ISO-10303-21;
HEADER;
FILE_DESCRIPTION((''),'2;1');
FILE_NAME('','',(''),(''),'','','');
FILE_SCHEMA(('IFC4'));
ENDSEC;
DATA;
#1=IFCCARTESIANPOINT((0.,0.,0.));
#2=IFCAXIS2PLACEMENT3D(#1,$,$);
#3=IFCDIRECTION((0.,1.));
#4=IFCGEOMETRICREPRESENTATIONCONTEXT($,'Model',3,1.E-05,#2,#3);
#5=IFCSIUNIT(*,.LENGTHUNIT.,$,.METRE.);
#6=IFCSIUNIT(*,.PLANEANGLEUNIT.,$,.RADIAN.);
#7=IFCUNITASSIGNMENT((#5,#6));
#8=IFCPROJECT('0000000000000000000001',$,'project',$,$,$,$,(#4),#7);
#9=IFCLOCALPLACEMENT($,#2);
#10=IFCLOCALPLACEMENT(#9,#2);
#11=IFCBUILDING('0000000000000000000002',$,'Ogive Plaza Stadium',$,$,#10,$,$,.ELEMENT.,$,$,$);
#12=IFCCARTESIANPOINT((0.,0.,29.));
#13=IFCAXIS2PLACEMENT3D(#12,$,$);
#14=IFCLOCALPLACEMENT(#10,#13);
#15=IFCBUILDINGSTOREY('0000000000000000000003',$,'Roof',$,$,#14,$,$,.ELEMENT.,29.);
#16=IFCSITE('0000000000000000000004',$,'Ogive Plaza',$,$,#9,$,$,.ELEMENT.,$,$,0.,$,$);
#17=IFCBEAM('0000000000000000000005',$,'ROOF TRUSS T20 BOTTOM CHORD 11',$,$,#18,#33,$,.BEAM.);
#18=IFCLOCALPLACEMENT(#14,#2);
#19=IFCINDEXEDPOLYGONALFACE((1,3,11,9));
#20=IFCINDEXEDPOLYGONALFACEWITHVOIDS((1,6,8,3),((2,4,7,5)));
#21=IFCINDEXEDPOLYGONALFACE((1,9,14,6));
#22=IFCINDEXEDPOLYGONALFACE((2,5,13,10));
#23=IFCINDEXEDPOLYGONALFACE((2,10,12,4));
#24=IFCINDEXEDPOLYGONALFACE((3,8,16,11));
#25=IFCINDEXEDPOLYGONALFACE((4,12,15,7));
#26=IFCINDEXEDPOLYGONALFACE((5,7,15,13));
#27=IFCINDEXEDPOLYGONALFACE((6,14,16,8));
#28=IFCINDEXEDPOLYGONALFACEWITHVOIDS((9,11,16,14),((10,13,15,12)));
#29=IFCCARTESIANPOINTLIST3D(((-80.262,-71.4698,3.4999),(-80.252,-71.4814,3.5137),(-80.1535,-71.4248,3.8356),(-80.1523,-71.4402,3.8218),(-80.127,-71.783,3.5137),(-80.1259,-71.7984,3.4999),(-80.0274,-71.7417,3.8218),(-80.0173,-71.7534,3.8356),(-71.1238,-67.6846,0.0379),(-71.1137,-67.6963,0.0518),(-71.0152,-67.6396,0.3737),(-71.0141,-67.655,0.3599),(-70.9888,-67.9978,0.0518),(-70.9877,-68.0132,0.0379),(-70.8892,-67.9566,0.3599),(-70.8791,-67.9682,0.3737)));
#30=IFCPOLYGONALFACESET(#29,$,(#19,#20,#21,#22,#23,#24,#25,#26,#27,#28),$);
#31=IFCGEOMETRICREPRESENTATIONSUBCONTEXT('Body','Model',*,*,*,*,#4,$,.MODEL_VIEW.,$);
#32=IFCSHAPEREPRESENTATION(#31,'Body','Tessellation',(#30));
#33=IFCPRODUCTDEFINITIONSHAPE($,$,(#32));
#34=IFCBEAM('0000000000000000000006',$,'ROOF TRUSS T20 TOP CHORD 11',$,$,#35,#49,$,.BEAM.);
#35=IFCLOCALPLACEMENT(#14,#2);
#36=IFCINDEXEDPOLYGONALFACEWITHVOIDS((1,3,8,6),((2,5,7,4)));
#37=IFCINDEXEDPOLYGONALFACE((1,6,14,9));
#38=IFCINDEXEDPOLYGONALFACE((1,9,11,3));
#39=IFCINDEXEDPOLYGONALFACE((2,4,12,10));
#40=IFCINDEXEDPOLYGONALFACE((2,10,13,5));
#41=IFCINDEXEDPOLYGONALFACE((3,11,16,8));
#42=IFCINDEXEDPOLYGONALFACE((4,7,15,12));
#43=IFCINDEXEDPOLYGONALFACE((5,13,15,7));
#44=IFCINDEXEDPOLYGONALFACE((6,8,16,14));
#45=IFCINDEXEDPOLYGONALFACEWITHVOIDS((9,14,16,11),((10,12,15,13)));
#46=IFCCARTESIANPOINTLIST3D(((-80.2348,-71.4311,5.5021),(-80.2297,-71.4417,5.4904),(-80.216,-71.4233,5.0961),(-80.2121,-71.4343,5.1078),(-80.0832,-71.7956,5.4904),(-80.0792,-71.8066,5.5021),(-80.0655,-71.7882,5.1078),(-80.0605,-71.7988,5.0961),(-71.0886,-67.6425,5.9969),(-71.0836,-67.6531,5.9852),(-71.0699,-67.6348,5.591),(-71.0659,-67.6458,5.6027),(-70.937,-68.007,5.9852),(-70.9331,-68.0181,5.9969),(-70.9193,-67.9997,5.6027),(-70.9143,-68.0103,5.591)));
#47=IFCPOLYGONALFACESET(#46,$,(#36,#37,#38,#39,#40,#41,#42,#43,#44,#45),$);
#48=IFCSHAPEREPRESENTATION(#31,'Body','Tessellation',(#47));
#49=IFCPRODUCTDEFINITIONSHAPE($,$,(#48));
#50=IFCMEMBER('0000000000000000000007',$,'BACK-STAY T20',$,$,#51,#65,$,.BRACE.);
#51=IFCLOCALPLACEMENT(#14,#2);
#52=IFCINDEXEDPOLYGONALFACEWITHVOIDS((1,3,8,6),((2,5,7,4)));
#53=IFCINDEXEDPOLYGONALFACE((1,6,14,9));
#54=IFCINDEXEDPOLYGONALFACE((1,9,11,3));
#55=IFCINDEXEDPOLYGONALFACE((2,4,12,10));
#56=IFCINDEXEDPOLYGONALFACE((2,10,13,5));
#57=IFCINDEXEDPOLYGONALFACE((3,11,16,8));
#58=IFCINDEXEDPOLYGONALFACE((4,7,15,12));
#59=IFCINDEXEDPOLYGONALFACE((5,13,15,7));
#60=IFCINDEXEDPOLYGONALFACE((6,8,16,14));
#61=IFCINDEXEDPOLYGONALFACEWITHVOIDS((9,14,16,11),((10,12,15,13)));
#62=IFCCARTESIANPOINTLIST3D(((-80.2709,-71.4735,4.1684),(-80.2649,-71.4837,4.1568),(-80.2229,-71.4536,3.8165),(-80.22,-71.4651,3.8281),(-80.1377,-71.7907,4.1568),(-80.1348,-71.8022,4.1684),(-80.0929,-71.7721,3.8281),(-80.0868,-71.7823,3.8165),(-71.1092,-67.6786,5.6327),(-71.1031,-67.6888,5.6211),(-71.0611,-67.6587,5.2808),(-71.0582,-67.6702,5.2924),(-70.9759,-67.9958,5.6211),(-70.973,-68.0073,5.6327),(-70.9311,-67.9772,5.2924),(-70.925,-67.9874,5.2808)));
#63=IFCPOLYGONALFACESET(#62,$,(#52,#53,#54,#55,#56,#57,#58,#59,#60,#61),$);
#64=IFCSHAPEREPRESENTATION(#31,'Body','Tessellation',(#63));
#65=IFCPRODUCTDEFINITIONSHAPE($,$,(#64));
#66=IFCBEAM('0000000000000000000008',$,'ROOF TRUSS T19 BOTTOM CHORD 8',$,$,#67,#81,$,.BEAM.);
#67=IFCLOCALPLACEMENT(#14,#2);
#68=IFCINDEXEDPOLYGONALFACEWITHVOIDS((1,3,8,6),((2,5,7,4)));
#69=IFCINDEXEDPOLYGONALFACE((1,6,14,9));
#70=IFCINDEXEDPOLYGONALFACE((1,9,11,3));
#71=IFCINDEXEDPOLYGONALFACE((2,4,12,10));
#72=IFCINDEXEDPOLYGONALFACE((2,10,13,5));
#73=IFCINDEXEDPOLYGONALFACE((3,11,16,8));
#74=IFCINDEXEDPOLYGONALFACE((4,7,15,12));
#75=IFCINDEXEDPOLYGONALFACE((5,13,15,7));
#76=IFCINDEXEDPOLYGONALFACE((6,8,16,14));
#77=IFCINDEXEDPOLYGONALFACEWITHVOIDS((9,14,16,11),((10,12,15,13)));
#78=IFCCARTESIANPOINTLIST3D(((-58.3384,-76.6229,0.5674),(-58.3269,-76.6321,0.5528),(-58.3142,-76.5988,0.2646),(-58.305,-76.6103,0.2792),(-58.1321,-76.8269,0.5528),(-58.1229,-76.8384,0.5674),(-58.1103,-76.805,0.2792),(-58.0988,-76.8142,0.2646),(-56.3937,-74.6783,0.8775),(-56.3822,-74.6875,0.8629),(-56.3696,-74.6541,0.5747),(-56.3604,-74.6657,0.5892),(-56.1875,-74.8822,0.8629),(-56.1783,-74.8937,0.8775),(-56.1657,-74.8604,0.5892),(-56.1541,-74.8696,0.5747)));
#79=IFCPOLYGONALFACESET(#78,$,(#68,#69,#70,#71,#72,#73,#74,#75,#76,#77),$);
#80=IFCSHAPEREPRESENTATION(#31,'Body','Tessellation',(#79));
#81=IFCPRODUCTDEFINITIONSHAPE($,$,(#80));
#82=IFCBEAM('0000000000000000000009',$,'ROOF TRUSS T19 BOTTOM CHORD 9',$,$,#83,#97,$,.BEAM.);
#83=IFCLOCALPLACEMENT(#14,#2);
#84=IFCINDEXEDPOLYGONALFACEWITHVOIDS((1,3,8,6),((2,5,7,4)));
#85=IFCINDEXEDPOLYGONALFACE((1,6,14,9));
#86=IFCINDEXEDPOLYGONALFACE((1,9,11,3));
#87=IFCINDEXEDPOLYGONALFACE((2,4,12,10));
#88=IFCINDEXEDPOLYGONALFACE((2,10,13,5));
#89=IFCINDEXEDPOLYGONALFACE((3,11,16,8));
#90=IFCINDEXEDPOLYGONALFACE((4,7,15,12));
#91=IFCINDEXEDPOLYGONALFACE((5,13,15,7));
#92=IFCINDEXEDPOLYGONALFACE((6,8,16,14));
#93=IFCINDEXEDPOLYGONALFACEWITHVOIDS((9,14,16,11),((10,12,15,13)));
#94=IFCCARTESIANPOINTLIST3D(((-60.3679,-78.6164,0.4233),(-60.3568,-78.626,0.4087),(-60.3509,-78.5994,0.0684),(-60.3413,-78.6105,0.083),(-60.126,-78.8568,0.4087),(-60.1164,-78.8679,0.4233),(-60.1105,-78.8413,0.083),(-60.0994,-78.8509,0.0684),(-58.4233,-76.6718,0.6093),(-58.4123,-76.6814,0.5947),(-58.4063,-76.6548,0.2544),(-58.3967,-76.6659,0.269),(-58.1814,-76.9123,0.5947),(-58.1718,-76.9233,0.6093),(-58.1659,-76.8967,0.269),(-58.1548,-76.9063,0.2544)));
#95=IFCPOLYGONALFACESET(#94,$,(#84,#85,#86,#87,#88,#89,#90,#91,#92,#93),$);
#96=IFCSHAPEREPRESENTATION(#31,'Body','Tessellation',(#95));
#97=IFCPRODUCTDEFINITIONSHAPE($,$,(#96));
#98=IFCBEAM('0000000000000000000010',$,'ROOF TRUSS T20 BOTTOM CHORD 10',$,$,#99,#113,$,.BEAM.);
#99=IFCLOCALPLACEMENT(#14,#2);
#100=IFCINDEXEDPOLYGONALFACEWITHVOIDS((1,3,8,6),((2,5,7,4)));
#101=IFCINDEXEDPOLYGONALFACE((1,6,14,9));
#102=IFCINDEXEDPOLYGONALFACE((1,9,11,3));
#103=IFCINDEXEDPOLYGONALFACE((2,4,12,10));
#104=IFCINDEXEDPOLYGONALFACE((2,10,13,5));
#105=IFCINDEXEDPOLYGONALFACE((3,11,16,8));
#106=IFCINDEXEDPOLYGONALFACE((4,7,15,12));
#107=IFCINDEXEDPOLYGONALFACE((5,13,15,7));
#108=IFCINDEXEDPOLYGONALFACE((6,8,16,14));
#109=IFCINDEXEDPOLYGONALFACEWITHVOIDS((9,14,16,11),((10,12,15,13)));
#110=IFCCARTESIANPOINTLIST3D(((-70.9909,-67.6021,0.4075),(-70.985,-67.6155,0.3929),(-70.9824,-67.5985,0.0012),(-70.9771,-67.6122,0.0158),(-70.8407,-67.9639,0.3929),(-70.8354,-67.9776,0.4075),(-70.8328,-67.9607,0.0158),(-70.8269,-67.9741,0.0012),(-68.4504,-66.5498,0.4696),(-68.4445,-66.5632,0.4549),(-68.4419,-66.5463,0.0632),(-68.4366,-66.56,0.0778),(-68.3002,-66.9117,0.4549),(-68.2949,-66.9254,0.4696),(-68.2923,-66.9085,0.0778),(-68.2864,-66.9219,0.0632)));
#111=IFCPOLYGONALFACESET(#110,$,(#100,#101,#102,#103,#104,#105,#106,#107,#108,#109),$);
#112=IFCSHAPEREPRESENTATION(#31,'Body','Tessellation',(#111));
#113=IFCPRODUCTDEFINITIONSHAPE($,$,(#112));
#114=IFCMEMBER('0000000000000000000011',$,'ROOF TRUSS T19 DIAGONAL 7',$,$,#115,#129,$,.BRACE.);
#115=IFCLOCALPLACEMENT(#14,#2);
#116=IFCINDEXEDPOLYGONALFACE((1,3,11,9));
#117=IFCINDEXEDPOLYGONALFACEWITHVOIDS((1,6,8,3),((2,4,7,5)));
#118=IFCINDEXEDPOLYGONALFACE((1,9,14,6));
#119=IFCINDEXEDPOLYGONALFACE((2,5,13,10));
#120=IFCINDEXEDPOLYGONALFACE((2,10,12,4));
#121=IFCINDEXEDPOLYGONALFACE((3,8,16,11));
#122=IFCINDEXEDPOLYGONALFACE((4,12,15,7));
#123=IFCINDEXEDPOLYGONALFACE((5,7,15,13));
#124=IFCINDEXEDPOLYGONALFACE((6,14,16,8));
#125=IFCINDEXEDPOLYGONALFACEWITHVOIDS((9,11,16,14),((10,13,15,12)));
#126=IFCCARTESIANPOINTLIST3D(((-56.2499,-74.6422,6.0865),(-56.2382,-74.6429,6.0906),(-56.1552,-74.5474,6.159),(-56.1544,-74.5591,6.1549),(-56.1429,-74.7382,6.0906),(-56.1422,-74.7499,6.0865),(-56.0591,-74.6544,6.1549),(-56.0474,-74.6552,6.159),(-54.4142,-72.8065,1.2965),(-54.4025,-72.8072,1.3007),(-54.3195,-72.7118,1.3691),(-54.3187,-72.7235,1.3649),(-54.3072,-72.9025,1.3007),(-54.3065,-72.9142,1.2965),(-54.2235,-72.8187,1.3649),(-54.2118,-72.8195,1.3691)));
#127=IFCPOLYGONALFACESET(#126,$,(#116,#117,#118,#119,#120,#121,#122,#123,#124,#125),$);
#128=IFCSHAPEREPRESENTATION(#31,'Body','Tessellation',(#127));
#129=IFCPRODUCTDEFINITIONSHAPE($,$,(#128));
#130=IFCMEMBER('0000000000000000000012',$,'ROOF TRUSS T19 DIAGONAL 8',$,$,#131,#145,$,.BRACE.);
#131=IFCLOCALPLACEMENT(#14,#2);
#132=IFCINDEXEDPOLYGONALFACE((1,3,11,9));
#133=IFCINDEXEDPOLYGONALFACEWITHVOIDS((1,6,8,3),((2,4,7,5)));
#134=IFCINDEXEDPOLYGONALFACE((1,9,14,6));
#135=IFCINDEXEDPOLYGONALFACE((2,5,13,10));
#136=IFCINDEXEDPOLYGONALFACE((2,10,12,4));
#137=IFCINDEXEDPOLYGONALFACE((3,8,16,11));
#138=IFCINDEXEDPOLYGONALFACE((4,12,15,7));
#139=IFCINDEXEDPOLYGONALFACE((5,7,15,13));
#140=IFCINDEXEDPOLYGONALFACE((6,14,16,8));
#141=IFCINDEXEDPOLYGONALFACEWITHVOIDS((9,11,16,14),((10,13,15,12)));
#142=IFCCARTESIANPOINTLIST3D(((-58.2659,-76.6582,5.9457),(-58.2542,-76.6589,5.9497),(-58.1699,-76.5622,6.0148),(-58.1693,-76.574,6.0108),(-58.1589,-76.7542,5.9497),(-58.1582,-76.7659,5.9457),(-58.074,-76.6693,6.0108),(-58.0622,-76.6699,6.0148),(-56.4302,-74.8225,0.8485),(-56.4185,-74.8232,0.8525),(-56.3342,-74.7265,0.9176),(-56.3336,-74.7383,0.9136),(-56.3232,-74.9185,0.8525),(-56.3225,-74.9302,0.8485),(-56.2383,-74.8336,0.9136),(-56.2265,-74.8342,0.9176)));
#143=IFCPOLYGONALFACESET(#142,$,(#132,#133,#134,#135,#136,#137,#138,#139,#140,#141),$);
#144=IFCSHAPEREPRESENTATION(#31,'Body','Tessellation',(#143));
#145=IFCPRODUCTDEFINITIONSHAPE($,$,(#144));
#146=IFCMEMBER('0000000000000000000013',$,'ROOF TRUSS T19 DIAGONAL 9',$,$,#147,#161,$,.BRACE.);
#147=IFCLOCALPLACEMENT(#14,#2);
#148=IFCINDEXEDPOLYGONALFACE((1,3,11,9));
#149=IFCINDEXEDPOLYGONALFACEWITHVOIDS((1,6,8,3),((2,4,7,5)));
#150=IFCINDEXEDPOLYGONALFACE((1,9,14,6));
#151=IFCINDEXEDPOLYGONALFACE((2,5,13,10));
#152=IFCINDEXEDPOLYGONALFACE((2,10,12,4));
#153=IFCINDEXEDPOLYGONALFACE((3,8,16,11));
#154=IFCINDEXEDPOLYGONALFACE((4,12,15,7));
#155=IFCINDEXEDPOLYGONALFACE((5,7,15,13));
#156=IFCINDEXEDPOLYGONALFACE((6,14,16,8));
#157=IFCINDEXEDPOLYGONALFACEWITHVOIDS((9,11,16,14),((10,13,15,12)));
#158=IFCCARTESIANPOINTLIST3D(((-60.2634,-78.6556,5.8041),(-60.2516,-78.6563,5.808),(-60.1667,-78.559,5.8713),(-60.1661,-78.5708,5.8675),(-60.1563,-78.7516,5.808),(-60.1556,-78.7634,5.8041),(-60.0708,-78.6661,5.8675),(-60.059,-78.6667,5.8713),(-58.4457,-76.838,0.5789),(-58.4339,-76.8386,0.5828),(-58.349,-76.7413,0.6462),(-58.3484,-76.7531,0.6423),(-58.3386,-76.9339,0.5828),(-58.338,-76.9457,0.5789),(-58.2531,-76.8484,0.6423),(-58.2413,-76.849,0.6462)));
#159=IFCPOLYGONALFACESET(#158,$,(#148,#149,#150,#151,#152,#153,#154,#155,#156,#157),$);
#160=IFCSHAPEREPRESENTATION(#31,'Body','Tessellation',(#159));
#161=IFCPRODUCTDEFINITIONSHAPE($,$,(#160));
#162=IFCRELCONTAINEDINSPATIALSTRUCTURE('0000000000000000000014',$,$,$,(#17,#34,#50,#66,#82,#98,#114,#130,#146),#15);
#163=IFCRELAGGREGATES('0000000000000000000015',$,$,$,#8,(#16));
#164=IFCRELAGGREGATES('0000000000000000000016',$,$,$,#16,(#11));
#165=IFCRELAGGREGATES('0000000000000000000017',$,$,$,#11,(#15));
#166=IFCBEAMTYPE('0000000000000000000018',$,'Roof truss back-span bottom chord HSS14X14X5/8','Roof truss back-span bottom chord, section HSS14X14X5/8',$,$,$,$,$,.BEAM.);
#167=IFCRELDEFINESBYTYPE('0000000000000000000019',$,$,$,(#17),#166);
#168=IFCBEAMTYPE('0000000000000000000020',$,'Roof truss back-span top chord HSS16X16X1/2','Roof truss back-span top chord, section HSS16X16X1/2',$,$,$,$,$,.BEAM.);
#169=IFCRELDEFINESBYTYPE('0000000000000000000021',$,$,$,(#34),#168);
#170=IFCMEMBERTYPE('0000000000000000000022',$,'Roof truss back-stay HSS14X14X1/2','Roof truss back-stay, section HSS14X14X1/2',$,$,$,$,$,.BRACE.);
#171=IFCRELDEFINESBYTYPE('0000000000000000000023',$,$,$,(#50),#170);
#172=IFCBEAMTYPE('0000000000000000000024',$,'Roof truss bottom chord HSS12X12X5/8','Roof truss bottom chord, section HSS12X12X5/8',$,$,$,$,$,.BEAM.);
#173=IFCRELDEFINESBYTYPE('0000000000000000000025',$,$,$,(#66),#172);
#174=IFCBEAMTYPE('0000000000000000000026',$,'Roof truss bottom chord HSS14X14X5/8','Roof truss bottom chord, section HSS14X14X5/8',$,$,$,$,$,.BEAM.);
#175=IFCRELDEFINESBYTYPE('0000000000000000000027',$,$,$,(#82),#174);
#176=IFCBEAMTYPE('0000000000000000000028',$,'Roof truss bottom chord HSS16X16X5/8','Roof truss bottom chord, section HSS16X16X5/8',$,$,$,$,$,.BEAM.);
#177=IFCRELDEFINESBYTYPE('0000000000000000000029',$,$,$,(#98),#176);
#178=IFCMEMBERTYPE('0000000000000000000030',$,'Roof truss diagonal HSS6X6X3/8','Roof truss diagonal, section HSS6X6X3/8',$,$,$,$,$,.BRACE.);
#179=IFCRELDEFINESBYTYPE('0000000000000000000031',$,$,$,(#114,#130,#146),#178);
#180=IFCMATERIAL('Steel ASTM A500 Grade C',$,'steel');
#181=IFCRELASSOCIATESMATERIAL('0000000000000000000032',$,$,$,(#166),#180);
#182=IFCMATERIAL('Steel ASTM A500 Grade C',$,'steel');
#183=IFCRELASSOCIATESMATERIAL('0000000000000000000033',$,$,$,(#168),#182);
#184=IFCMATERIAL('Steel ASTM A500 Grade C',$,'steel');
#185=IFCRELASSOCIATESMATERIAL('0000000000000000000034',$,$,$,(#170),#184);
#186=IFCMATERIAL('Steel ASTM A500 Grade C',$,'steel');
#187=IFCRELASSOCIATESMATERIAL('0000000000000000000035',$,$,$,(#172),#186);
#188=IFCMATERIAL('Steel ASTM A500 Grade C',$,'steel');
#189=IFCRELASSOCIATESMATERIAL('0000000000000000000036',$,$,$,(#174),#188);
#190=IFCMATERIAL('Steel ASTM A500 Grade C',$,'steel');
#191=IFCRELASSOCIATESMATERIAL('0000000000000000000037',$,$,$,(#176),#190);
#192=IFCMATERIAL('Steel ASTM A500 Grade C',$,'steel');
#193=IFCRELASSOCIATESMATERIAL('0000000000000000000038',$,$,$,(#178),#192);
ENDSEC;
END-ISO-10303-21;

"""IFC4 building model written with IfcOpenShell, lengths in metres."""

from ifc_helpers import new_model, si_unit, direction, frame, origin, origin_2d, place, context, subcontext, project, spatial, hollow_rectangle, extrude, material, material_profile, profile_set, type_object, element, save


model = new_model("IFC4")

# Units and contexts
model_context = context("Model", 3, precision=1e-05, world=origin(), true_north=direction((0.0, 1.0)))
body_context = subcontext(model_context, "Body", "Model", "MODEL_VIEW")
ifc_project = project(units=[si_unit("LENGTHUNIT", "METRE"), si_unit("PLANEANGLEUNIT", "RADIAN")], contexts=[model_context])

# Site, building, storey
site_placement = place(None, origin())
site = spatial("IfcSite", under=ifc_project, at=site_placement, Name="Ogive Plaza", CompositionType="ELEMENT", RefElevation=0.0)
building_placement = place(site_placement, origin())
building = spatial("IfcBuilding", under=site, at=building_placement, Name="Ogive Plaza Stadium", CompositionType="ELEMENT")
storey_placement = place(building_placement, frame((0.0, 0.0, 29.0)))
storey = spatial("IfcBuildingStorey", under=building, at=storey_placement, Name="Roof", CompositionType="ELEMENT", Elevation=29.0)

# Beams
ifc_material_1 = material(Name="Steel ASTM A500 Grade C", Category="steel")
ifc_material_profile_1 = material_profile(ifc_material_1, hollow_rectangle(XDim=0.3557, YDim=0.3557, WallThickness=0.0146, at=origin_2d()), Name="HSS14X14X5/8")
ifc_profile_set_1 = profile_set([ifc_material_profile_1], Name="Steel ASTM A500 Grade C")
beam_type_1 = type_object("IfcBeamType", Name="Roof truss back-span bottom chord HSS14X14X5/8", Description="Roof truss back-span bottom chord, section HSS14X14X5/8", PredefinedType="BEAM", material=ifc_profile_set_1)
beam_1_placement = place(storey_placement, frame((-71.0015, -67.8264, 0.2058), z_axis=(-0.872011, -0.361198, 0.330353), x_axis=(0.382683, -0.92388, 0.0)))
element("IfcBeam", 1, at=beam_1_placement, inside=storey, type_object=beam_type_1, Name="ROOF TRUSS T20 BOTTOM CHORD 11", PredefinedType="BEAM", context=body_context, shape_type="SweptSolid", body=[
    extrude(hollow_rectangle(XDim=0.3557, YDim=0.3557, WallThickness=0.0146, at=origin_2d()), origin(), (0.0, 0.0, 1.0), 10.4795),
])
ifc_material_2 = material(Name="Steel ASTM A500 Grade C", Category="steel")
ifc_material_profile_2 = material_profile(ifc_material_2, hollow_rectangle(XDim=0.4065, YDim=0.4065, WallThickness=0.0117, at=origin_2d()), Name="HSS16X16X1/2")
ifc_profile_set_2 = profile_set([ifc_material_profile_2], Name="Steel ASTM A500 Grade C")
beam_type_2 = type_object("IfcBeamType", Name="Roof truss back-span top chord HSS16X16X1/2", Description="Roof truss back-span top chord, section HSS16X16X1/2", PredefinedType="BEAM", material=ifc_profile_set_2)
beam_2_placement = place(storey_placement, frame((-71.0015, -67.8264, 5.7939), z_axis=(-0.922725, -0.382213, -0.049926), x_axis=(0.38269, -0.923877, 0.0)))
element("IfcBeam", 2, at=beam_2_placement, inside=storey, type_object=beam_type_2, Name="ROOF TRUSS T20 TOP CHORD 11", PredefinedType="BEAM", context=body_context, shape_type="SweptSolid", body=[
    extrude(hollow_rectangle(XDim=0.4065, YDim=0.4065, WallThickness=0.0117, at=origin_2d()), origin(), (0.0, 0.0, 1.0), 9.9121),
])

# Member
ifc_material_3 = material(Name="Steel ASTM A500 Grade C", Category="steel")
ifc_material_profile_3 = material_profile(ifc_material_3, hollow_rectangle(XDim=0.3557, YDim=0.3557, WallThickness=0.0117, at=origin_2d()), Name="HSS14X14X1/2")
ifc_profile_set_3 = profile_set([ifc_material_profile_3], Name="Steel ASTM A500 Grade C")
member_type_1 = type_object("IfcMemberType", Name="Roof truss back-stay HSS14X14X1/2", Description="Roof truss back-stay, section HSS14X14X1/2", PredefinedType="BRACE", material=ifc_profile_set_3)
member_1_placement = place(storey_placement, frame((-71.0171, -67.833, 5.4568), z_axis=(-0.91397, -0.378574, -0.146081), x_axis=(0.382679, -0.923881, 0.0)))
element("IfcMember", 3, at=member_1_placement, inside=storey, type_object=member_type_1, Name="BACK-STAY T20", PredefinedType="BRACE", context=body_context, shape_type="SweptSolid", body=[
    extrude(hollow_rectangle(XDim=0.3557, YDim=0.3557, WallThickness=0.0117, at=origin_2d()), origin(), (0.0, 0.0, 1.0), 10.0242),
])

# Beams
ifc_material_4 = material(Name="Steel ASTM A500 Grade C", Category="steel")
ifc_material_profile_4 = material_profile(ifc_material_4, hollow_rectangle(XDim=0.3047, YDim=0.3047, WallThickness=0.0146, at=origin_2d()), Name="HSS12X12X5/8")
ifc_profile_set_4 = profile_set([ifc_material_profile_4], Name="Steel ASTM A500 Grade C")
beam_type_3 = type_object("IfcBeamType", Name="Roof truss bottom chord HSS12X12X5/8", Description="Roof truss bottom chord, section HSS12X12X5/8", PredefinedType="BEAM", material=ifc_profile_set_4)
beam_3_placement = place(storey_placement, frame((-56.2739, -74.7739, 0.7261), z_axis=(-0.702655, -0.702655, -0.112037), x_axis=(0.707107, -0.707107, 0.0)))
element("IfcBeam", 4, at=beam_3_placement, inside=storey, type_object=beam_type_3, Name="ROOF TRUSS T19 BOTTOM CHORD 8", PredefinedType="BEAM", context=body_context, shape_type="SweptSolid", body=[
    extrude(hollow_rectangle(XDim=0.3047, YDim=0.3047, WallThickness=0.0146, at=origin_2d()), origin(), (0.0, 0.0, 1.0), 2.7676),
])
ifc_material_5 = material(Name="Steel ASTM A500 Grade C", Category="steel")
ifc_material_profile_5 = material_profile(ifc_material_5, hollow_rectangle(XDim=0.3557, YDim=0.3557, WallThickness=0.0146, at=origin_2d()), Name="HSS14X14X5/8")
ifc_profile_set_5 = profile_set([ifc_material_profile_5], Name="Steel ASTM A500 Grade C")
beam_type_4 = type_object("IfcBeamType", Name="Roof truss bottom chord HSS14X14X5/8", Description="Roof truss bottom chord, section HSS14X14X5/8", PredefinedType="BEAM", material=ifc_profile_set_5)
beam_4_placement = place(storey_placement, frame((-58.2891, -76.7891, 0.4319), z_axis=(-0.705494, -0.705494, -0.067494), x_axis=(0.707107, -0.707107, 0.0)))
element("IfcBeam", 5, at=beam_4_placement, inside=storey, type_object=beam_type_4, Name="ROOF TRUSS T19 BOTTOM CHORD 9", PredefinedType="BEAM", context=body_context, shape_type="SweptSolid", body=[
    extrude(hollow_rectangle(XDim=0.3557, YDim=0.3557, WallThickness=0.0146, at=origin_2d()), origin(), (0.0, 0.0, 1.0), 2.7563),
])
ifc_material_6 = material(Name="Steel ASTM A500 Grade C", Category="steel")
ifc_material_profile_6 = material_profile(ifc_material_6, hollow_rectangle(XDim=0.4065, YDim=0.4065, WallThickness=0.0146, at=origin_2d()), Name="HSS16X16X5/8")
ifc_profile_set_6 = profile_set([ifc_material_profile_6], Name="Steel ASTM A500 Grade C")
beam_type_5 = type_object("IfcBeamType", Name="Roof truss bottom chord HSS16X16X5/8", Description="Roof truss bottom chord, section HSS16X16X5/8", PredefinedType="BEAM", material=ifc_profile_set_6)
beam_5_placement = place(storey_placement, frame((-68.3684, -66.7358, 0.2664), z_axis=(-0.923654, -0.382563, -0.022545), x_axis=(0.38266, -0.923889, 0.0)))
element("IfcBeam", 6, at=beam_5_placement, inside=storey, type_object=beam_type_5, Name="ROOF TRUSS T20 BOTTOM CHORD 10", PredefinedType="BEAM", context=body_context, shape_type="SweptSolid", body=[
    extrude(hollow_rectangle(XDim=0.4065, YDim=0.4065, WallThickness=0.0146, at=origin_2d()), origin(), (0.0, 0.0, 1.0), 2.7505),
])

# Members
ifc_material_7 = material(Name="Steel ASTM A500 Grade C", Category="steel")
ifc_material_profile_7 = material_profile(ifc_material_7, hollow_rectangle(XDim=0.1523, YDim=0.1523, WallThickness=0.0088, at=origin_2d()), Name="HSS6X6X3/8")
ifc_profile_set_7 = profile_set([ifc_material_profile_7], Name="Steel ASTM A500 Grade C")
member_type_2 = type_object("IfcMemberType", Name="Roof truss diagonal HSS6X6X3/8", Description="Roof truss diagonal, section HSS6X6X3/8", PredefinedType="BRACE", material=ifc_profile_set_7)
member_2_placement = place(storey_placement, frame((-54.313, -72.813, 1.3328), z_axis=(-0.336929, -0.336929, 0.87918), x_axis=(0.707107, -0.707107, 0.0)))
element("IfcMember", 7, at=member_2_placement, inside=storey, type_object=member_type_2, Name="ROOF TRUSS T19 DIAGONAL 7", PredefinedType="BRACE", context=body_context, shape_type="SweptSolid", body=[
    extrude(hollow_rectangle(XDim=0.1523, YDim=0.1523, WallThickness=0.0088, at=origin_2d()), origin(), (0.0, 0.0, 1.0), 5.4482),
])
member_3_placement = place(storey_placement, frame((-56.3284, -74.8284, 0.8831), z_axis=(-0.320914, -0.320914, 0.891082), x_axis=(0.707107, -0.707107, 0.0)))
element("IfcMember", 8, at=member_3_placement, inside=storey, type_object=member_type_2, Name="ROOF TRUSS T19 DIAGONAL 8", PredefinedType="BRACE", context=body_context, shape_type="SweptSolid", body=[
    extrude(hollow_rectangle(XDim=0.1523, YDim=0.1523, WallThickness=0.0088, at=origin_2d()), origin(), (0.0, 0.0, 1.0), 5.7202),
])
member_4_placement = place(storey_placement, frame((-58.3435, -76.8435, 0.6125), z_axis=(-0.312138, -0.312138, 0.897296), x_axis=(0.707107, -0.707107, 0.0)))
element("IfcMember", 9, at=member_4_placement, inside=storey, type_object=member_type_2, Name="ROOF TRUSS T19 DIAGONAL 9", PredefinedType="BRACE", context=body_context, shape_type="SweptSolid", body=[
    extrude(hollow_rectangle(XDim=0.1523, YDim=0.1523, WallThickness=0.0088, at=origin_2d()), origin(), (0.0, 0.0, 1.0), 5.8232),
])

save(model, "model.ifc")
